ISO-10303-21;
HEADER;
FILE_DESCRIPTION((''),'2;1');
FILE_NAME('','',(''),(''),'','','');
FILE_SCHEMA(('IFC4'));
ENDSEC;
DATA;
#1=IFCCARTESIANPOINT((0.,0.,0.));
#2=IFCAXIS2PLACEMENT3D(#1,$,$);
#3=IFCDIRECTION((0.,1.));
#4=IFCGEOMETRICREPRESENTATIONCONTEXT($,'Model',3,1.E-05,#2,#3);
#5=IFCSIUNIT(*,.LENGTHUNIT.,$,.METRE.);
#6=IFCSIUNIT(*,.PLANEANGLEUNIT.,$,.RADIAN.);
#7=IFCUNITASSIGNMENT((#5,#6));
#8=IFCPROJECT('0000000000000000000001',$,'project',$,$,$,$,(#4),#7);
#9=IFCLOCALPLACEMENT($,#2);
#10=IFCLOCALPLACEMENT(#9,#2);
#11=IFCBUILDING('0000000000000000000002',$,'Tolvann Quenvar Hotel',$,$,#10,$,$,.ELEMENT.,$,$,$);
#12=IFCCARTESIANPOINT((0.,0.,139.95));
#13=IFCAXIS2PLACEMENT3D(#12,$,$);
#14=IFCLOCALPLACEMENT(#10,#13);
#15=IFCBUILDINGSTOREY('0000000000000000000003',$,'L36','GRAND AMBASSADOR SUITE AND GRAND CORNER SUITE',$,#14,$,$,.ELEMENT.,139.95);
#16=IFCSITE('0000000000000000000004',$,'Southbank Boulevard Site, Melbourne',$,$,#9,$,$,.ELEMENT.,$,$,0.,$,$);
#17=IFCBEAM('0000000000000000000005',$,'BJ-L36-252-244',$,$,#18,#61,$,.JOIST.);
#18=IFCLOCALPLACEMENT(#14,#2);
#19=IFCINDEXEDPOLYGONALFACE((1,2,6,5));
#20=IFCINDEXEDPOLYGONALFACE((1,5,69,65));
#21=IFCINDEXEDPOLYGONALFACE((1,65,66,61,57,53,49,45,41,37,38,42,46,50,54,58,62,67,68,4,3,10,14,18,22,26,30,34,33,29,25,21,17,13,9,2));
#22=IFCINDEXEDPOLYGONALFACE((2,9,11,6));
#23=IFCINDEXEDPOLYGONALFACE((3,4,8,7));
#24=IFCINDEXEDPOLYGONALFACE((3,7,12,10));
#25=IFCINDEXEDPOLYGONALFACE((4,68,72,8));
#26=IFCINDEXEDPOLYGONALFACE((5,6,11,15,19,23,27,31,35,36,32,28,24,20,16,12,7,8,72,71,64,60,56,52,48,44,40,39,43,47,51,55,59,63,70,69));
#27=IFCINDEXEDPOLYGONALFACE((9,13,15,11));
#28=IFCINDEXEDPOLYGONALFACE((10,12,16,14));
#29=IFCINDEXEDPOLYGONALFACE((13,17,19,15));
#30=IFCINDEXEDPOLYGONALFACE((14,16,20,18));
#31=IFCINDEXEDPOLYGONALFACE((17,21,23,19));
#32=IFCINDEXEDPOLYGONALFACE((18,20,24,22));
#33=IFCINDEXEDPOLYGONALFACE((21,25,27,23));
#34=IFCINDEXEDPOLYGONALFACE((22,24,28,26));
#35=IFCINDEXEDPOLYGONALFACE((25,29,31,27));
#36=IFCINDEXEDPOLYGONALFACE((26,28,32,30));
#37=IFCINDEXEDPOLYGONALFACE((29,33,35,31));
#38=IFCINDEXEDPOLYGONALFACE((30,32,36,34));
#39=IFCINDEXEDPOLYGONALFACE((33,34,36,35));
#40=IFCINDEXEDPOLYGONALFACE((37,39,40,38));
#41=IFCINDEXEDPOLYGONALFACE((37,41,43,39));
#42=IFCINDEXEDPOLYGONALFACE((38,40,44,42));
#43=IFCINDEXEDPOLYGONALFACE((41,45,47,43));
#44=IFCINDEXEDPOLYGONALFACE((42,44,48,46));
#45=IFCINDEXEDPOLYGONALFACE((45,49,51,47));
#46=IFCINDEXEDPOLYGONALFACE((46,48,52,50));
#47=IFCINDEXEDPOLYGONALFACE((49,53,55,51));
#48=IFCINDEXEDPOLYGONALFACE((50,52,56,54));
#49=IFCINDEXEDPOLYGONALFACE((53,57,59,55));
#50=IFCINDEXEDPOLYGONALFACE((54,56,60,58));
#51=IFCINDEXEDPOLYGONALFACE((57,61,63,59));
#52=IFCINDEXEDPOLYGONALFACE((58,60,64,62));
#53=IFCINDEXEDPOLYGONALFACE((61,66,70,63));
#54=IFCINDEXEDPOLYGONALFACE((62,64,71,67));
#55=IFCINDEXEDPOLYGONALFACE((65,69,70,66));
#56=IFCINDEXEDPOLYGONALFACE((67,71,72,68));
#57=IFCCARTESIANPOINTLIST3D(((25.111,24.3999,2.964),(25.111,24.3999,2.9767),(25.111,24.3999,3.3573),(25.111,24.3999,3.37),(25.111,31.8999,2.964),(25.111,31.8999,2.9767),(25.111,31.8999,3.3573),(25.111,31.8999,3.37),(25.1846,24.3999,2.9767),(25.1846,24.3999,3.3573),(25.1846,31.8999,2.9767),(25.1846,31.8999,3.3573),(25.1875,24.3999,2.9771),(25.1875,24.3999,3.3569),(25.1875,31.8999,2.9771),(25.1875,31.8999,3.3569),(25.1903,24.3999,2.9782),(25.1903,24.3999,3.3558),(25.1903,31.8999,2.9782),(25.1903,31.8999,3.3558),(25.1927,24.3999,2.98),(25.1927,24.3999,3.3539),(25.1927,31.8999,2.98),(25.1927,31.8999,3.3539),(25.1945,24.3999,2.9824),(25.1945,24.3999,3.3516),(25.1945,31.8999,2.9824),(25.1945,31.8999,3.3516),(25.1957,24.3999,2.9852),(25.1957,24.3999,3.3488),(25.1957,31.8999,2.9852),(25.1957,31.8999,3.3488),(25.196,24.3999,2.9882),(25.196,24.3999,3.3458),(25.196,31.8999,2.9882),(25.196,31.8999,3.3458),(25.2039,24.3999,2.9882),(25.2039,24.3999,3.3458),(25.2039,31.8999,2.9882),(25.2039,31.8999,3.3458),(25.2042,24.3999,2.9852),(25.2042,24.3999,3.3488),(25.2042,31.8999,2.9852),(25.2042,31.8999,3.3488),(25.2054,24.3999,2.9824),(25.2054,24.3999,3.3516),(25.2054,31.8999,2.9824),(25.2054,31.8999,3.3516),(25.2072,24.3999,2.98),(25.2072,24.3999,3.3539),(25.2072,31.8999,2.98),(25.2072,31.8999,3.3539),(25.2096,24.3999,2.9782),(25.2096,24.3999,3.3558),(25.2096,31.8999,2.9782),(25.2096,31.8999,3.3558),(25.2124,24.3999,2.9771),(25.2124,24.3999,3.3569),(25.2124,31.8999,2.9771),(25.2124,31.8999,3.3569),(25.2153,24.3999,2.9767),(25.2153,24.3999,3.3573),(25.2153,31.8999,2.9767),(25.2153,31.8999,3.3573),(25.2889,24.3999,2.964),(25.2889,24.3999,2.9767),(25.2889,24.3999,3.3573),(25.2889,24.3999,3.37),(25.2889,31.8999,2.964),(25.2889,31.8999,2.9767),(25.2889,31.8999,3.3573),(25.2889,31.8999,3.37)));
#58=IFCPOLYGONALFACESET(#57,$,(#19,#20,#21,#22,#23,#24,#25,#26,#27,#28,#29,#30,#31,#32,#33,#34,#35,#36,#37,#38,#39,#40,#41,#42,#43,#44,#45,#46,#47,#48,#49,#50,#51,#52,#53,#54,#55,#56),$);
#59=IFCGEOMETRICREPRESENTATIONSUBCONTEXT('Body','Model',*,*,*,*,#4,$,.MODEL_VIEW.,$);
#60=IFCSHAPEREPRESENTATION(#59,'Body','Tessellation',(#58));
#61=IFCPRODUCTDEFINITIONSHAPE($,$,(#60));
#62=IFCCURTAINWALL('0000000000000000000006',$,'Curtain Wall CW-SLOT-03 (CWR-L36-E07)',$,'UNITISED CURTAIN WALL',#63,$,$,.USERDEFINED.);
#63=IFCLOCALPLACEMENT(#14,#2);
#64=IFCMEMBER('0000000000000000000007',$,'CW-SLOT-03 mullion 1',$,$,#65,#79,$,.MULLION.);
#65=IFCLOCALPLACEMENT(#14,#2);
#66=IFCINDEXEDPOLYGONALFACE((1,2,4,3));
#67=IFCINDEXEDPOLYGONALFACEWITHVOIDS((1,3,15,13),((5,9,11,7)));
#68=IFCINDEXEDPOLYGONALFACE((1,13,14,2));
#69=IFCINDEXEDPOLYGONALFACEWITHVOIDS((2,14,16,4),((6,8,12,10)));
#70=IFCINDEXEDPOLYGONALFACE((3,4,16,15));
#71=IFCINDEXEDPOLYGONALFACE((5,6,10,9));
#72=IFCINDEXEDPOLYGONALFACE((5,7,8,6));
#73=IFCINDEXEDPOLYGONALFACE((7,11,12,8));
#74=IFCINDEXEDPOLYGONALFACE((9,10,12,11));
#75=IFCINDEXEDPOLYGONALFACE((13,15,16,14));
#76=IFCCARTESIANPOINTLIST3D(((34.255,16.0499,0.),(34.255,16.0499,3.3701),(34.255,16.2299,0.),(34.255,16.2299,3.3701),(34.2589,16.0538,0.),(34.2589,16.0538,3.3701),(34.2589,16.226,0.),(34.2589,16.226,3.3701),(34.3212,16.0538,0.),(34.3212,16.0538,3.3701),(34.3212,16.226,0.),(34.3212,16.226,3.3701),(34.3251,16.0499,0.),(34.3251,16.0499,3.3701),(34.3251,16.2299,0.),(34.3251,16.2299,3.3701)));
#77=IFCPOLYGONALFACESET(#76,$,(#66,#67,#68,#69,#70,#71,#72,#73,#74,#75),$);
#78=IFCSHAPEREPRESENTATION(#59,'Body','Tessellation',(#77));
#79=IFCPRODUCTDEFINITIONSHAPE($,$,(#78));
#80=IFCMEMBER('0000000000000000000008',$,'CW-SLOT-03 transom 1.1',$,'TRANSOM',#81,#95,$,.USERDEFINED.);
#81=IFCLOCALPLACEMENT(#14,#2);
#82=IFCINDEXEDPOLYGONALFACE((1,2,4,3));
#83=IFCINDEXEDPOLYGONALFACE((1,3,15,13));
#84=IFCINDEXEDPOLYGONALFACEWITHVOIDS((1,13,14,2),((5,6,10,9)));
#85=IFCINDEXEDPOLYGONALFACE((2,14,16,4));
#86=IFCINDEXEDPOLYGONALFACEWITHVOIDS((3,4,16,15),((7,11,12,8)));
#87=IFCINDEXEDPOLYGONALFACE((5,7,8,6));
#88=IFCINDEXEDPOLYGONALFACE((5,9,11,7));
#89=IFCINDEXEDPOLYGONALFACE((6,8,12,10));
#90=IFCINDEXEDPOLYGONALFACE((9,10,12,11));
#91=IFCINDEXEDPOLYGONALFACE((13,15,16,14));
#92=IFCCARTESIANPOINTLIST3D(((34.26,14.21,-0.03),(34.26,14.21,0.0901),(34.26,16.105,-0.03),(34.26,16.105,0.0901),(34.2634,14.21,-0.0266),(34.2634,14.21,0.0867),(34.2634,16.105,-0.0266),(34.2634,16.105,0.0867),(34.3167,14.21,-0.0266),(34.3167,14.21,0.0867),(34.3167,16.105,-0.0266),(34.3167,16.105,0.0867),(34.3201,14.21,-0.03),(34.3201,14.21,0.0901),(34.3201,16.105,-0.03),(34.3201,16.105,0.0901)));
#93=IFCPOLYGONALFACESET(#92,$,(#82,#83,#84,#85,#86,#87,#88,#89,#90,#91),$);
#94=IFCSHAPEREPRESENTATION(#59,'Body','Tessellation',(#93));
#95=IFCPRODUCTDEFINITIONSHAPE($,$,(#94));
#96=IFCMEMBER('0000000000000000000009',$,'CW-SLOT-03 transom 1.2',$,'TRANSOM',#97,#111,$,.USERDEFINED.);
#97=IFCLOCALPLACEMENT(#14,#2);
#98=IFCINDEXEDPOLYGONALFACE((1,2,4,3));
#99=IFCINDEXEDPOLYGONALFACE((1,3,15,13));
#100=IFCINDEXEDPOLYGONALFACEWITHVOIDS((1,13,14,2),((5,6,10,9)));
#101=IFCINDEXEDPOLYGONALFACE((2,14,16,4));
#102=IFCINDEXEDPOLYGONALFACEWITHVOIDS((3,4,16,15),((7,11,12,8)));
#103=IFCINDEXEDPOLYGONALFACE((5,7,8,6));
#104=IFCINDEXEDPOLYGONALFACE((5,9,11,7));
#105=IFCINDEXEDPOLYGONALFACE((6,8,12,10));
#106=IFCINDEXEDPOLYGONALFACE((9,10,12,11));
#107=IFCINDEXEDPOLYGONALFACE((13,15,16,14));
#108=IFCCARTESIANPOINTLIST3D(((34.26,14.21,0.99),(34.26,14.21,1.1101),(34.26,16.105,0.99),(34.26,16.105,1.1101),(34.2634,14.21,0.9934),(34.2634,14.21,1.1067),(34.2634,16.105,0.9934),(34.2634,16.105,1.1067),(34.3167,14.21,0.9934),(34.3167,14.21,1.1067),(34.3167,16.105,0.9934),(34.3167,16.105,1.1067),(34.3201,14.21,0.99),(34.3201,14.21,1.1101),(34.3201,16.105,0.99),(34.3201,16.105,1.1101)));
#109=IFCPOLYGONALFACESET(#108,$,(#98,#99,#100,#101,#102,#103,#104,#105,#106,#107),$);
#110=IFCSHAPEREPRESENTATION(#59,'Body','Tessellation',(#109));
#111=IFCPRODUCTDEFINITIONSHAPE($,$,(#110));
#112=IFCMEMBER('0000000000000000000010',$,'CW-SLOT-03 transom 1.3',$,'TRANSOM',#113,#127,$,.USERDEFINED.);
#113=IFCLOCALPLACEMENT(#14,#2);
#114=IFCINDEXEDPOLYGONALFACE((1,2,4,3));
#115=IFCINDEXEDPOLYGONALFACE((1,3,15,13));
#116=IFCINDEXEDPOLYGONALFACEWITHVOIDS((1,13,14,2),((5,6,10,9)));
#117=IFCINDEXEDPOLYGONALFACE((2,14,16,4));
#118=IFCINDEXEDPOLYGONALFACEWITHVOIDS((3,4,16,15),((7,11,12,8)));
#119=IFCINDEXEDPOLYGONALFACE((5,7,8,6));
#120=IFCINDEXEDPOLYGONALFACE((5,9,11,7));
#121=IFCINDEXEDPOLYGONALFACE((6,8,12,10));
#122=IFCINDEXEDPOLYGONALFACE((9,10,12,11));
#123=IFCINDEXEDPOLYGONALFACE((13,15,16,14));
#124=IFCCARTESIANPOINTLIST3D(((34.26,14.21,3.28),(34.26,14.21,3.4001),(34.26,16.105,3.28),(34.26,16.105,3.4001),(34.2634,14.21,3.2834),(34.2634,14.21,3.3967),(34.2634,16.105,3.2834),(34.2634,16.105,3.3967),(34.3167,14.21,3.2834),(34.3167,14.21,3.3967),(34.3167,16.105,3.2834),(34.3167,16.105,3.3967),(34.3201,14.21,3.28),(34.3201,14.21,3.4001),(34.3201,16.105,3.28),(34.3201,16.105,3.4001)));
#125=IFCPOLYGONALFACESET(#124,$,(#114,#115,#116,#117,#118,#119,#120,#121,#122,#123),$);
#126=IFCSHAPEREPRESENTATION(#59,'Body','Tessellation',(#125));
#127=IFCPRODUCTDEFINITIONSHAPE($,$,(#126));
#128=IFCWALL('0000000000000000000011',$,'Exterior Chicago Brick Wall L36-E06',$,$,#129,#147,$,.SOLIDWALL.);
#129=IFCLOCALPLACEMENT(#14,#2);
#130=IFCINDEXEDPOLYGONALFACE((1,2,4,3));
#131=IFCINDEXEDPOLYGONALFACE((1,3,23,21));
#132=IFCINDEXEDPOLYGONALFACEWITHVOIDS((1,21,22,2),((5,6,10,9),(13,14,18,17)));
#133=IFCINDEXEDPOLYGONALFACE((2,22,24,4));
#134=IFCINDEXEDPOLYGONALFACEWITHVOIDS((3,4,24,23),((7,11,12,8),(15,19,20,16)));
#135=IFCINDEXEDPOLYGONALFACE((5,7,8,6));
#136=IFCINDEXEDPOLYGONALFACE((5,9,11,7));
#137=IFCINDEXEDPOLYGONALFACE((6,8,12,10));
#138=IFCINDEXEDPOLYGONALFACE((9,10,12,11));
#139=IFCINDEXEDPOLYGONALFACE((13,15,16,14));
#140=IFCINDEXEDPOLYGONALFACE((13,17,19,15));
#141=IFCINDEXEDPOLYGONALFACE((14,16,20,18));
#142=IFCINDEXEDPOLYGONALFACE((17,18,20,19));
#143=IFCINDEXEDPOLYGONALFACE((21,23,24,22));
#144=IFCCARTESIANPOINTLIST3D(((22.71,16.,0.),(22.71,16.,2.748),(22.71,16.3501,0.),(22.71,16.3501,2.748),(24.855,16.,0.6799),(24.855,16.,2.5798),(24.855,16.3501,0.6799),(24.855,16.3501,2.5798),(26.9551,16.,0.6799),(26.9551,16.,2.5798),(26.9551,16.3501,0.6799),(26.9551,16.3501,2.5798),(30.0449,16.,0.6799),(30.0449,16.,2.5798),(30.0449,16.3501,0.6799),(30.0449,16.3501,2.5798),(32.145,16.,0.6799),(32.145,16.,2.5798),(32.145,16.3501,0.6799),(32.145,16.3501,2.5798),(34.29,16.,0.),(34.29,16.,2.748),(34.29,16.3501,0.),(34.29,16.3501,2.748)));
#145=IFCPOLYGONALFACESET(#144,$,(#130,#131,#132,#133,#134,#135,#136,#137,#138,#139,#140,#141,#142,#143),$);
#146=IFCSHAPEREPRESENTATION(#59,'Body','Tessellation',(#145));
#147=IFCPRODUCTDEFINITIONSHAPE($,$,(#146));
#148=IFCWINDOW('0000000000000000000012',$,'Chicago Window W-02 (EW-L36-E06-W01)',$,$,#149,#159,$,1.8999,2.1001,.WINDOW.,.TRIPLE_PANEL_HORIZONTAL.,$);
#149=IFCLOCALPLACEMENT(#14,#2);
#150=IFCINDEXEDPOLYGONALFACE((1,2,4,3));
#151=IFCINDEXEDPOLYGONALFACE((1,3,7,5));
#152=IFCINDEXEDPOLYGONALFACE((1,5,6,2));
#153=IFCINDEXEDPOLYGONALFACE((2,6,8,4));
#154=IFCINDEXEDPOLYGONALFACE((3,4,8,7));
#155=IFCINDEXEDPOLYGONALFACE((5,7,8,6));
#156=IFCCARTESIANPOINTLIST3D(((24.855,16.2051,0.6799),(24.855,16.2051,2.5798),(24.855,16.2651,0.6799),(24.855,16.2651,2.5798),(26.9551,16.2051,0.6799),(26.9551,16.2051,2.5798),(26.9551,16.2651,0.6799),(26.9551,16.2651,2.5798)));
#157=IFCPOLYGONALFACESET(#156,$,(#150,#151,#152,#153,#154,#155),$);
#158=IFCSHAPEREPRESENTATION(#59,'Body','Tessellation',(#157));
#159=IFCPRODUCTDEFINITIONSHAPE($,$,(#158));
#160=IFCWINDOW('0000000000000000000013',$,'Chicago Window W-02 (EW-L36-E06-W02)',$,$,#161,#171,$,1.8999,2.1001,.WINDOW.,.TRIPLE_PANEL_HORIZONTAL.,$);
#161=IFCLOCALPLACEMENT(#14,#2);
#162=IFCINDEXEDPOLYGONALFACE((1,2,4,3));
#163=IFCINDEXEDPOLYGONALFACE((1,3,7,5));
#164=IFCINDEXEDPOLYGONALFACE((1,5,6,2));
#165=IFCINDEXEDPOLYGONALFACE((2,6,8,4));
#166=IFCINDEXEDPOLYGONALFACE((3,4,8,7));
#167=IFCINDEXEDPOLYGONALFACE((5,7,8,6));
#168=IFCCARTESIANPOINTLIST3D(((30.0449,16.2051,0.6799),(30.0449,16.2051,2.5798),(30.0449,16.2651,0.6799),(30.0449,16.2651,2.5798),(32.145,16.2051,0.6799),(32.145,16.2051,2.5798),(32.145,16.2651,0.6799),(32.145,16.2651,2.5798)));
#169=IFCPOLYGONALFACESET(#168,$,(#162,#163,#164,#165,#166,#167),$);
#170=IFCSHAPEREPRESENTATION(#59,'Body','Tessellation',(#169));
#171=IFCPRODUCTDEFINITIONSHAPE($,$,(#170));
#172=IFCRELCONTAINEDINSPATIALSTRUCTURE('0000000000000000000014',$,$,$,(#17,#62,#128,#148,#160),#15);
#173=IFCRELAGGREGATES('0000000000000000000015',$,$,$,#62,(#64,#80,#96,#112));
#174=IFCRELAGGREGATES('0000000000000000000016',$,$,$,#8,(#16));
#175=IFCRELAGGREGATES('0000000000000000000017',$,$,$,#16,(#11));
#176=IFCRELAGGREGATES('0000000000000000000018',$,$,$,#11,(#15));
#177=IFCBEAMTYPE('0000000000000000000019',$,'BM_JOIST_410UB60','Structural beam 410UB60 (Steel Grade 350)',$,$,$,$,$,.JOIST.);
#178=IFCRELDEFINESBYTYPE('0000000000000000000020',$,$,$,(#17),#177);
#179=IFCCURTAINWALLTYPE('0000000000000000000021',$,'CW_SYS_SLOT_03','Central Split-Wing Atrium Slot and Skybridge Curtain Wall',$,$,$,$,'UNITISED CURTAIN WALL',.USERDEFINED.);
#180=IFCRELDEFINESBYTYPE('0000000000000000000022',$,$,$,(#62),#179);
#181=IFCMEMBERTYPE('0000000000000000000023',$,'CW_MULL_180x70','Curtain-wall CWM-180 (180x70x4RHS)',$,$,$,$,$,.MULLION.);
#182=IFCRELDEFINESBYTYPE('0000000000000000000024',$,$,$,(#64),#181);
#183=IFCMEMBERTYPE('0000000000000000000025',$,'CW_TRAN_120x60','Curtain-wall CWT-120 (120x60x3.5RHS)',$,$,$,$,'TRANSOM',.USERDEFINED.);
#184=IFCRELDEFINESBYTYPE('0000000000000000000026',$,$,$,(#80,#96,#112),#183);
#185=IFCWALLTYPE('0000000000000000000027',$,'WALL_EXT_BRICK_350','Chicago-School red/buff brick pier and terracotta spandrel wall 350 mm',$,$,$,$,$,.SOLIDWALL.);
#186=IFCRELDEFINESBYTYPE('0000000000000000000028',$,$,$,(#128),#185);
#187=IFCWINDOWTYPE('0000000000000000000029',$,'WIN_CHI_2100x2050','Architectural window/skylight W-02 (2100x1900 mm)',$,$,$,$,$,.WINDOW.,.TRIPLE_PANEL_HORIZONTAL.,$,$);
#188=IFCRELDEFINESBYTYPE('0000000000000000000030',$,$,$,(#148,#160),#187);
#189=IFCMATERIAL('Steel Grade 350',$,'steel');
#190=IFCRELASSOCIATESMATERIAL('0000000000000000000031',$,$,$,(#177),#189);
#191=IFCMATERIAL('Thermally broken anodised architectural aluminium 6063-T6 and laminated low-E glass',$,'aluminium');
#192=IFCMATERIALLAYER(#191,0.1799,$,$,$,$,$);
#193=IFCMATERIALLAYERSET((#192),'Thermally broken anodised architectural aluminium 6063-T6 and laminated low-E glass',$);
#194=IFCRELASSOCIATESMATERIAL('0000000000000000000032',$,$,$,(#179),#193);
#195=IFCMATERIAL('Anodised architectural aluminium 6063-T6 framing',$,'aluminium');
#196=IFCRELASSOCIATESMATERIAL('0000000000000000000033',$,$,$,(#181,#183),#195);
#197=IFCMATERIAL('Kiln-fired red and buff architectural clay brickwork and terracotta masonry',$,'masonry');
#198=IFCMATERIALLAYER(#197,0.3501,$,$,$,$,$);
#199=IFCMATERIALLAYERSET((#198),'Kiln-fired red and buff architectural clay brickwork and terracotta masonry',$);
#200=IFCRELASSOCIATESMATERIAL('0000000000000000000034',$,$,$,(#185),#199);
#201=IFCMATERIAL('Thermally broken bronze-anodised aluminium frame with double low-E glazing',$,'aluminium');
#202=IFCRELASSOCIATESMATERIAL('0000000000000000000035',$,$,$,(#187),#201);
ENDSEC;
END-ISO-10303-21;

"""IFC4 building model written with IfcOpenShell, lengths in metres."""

from ifc_helpers import new_model, si_unit, direction, frame, frame_2d, origin, origin_2d, place, context, subcontext, project, spatial, rectangle, hollow_rectangle, i_section, extrude, source, transform, mapped, material, layer, layer_set, material_profile, profile_set, type_object, type_shapes, element, fill, aggregate, save


model = new_model("IFC4")

# Units and contexts
model_context = context("Model", 3, precision=1e-05, world=origin(), true_north=direction((0.0, 1.0)))
body_context = subcontext(model_context, "Body", "Model", "MODEL_VIEW")
ifc_project = project(units=[si_unit("LENGTHUNIT", "METRE"), si_unit("PLANEANGLEUNIT", "RADIAN")], contexts=[model_context])

# Site, building, storey
site_placement = place(None, origin())
site = spatial("IfcSite", under=ifc_project, at=site_placement, Name="Southbank Boulevard Site, Melbourne", CompositionType="ELEMENT", RefElevation=0.0)
building_placement = place(site_placement, origin())
building = spatial("IfcBuilding", under=site, at=building_placement, Name="Tolvann Quenvar Hotel", CompositionType="ELEMENT")
storey_placement = place(building_placement, frame((0.0, 0.0, 139.95)))
storey = spatial("IfcBuildingStorey", under=building, at=storey_placement, Name="L36", Description="GRAND AMBASSADOR SUITE AND GRAND CORNER SUITE", CompositionType="ELEMENT", Elevation=139.95)

# Beam
ifc_material_1 = material(Name="Steel Grade 350", Category="steel")
ifc_material_profile_1 = material_profile(ifc_material_1, i_section(OverallWidth=0.178, OverallDepth=0.406, WebThickness=0.0078, FlangeThickness=0.0127, FilletRadius=0.0115, at=origin_2d()), Name="410UB60")
ifc_profile_set_1 = profile_set([ifc_material_profile_1], Name="Steel Grade 350")
beam_type = type_object("IfcBeamType", Name="BM_JOIST_410UB60", Description="Structural beam 410UB60 (Steel Grade 350)", PredefinedType="JOIST", material=ifc_profile_set_1)
shared_shape_1 = source(origin(), body_context, "Body", "SweptSolid", [
    extrude(i_section(OverallWidth=0.178, OverallDepth=0.406, WebThickness=0.0078, FlangeThickness=0.0127, FilletRadius=0.0115, at=origin_2d()), origin(), (0.0, 0.0, 1.0), 7.5),
])
type_shapes(beam_type, [shared_shape_1])
beam_placement = place(storey_placement, frame((25.2, 24.3999, 3.167), z_axis=(0.0, 1.0, 0.0), x_axis=(-1.0, 0.0, 0.0)))
element("IfcBeam", 1, at=beam_placement, inside=storey, type_object=beam_type, Name="BJ-L36-252-244", PredefinedType="JOIST", context=body_context, shape_type="MappedRepresentation", body=[
    mapped(shared_shape_1, transform((0.0, 0.0, 0.0), x_axis=(1.0, 0.0, 0.0), y_axis=(0.0, 1.0, 0.0), z_axis=(0.0, 0.0, 1.0), scale=1.0)),
])

# Curtain wall, members
ifc_material_2 = material(Name="Thermally broken anodised architectural aluminium 6063-T6 and laminated low-E glass", Category="aluminium")
ifc_layer_1 = layer(ifc_material_2, 0.1799)
ifc_layer_set_1 = layer_set([ifc_layer_1], Name="Thermally broken anodised architectural aluminium 6063-T6 and laminated low-E glass")
curtain_wall_type = type_object("IfcCurtainWallType", Name="CW_SYS_SLOT_03", Description="Central Split-Wing Atrium Slot and Skybridge Curtain Wall", ElementType="UNITISED CURTAIN WALL", PredefinedType="USERDEFINED", material=ifc_layer_set_1)
curtain_wall_placement = place(storey_placement, origin())
curtain_wall = element("IfcCurtainWall", 2, at=curtain_wall_placement, inside=storey, type_object=curtain_wall_type, Name="Curtain Wall CW-SLOT-03 (CWR-L36-E07)", ObjectType="UNITISED CURTAIN WALL", PredefinedType="USERDEFINED")
ifc_material_3 = material(Name="Anodised architectural aluminium 6063-T6 framing", Category="aluminium")
ifc_material_profile_2 = material_profile(ifc_material_3, hollow_rectangle(XDim=0.0701, YDim=0.1799, WallThickness=0.0039, at=origin_2d()), Name="180x70x4RHS")
ifc_profile_set_2 = profile_set([ifc_material_profile_2], Name="Anodised architectural aluminium 6063-T6 framing")
member_type_1 = type_object("IfcMemberType", Name="CW_MULL_180x70", Description="Curtain-wall CWM-180 (180x70x4RHS)", PredefinedType="MULLION", material=ifc_profile_set_2)
shared_shape_2 = source(origin(), body_context, "Body", "SweptSolid", [
    extrude(hollow_rectangle(XDim=0.0701, YDim=0.1799, WallThickness=0.0039, at=origin_2d()), origin(), (0.0, 0.0, 1.0), 3.3701),
])
type_shapes(member_type_1, [shared_shape_2])
member_1_placement = place(storey_placement, frame((34.29, 16.1399, 0.0), z_axis=(0.0, 0.0, 1.0), x_axis=(1.0, 0.0, 0.0)))
member_1 = element("IfcMember", 3, at=member_1_placement, type_object=member_type_1, Name="CW-SLOT-03 mullion 1", PredefinedType="MULLION", context=body_context, shape_type="MappedRepresentation", body=[
    mapped(shared_shape_2, transform((0.0, 0.0, 0.0), x_axis=(1.0, 0.0, 0.0), y_axis=(0.0, 1.0, 0.0), z_axis=(0.0, 0.0, 1.0), scale=1.0)),
])
ifc_material_profile_3 = material_profile(ifc_material_3, hollow_rectangle(XDim=0.0601, YDim=0.1201, WallThickness=0.0034, at=origin_2d()), Name="120x60x3.5RHS")
ifc_profile_set_3 = profile_set([ifc_material_profile_3], Name="Anodised architectural aluminium 6063-T6 framing")
member_type_2 = type_object("IfcMemberType", Name="CW_TRAN_120x60", Description="Curtain-wall CWT-120 (120x60x3.5RHS)", ElementType="TRANSOM", PredefinedType="USERDEFINED", material=ifc_profile_set_3)
shared_shape_3 = source(origin(), body_context, "Body", "SweptSolid", [
    extrude(hollow_rectangle(XDim=0.0601, YDim=0.1201, WallThickness=0.0034, at=origin_2d()), origin(), (0.0, 0.0, 1.0), 1.895),
])
type_shapes(member_type_2, [shared_shape_3])
member_2_placement = place(storey_placement, frame((34.29, 16.105, 0.03), z_axis=(0.0, -1.0, 0.0), x_axis=(1.0, 0.0, 0.0)))
member_2 = element("IfcMember", 4, at=member_2_placement, type_object=member_type_2, Name="CW-SLOT-03 transom 1.1", ObjectType="TRANSOM", PredefinedType="USERDEFINED", context=body_context, shape_type="MappedRepresentation", body=[
    mapped(shared_shape_3, transform((0.0, 0.0, 0.0), x_axis=(1.0, 0.0, 0.0), y_axis=(0.0, 1.0, 0.0), z_axis=(0.0, 0.0, 1.0), scale=1.0)),
])
member_3_placement = place(storey_placement, frame((34.29, 16.105, 1.05), z_axis=(0.0, -1.0, 0.0), x_axis=(1.0, 0.0, 0.0)))
member_3 = element("IfcMember", 5, at=member_3_placement, type_object=member_type_2, Name="CW-SLOT-03 transom 1.2", ObjectType="TRANSOM", PredefinedType="USERDEFINED", context=body_context, shape_type="MappedRepresentation", body=[
    mapped(shared_shape_3, transform((0.0, 0.0, 0.0), x_axis=(1.0, 0.0, 0.0), y_axis=(0.0, 1.0, 0.0), z_axis=(0.0, 0.0, 1.0), scale=1.0)),
])
member_4_placement = place(storey_placement, frame((34.29, 16.105, 3.3401), z_axis=(0.0, -1.0, 0.0), x_axis=(1.0, 0.0, 0.0)))
member_4 = element("IfcMember", 6, at=member_4_placement, type_object=member_type_2, Name="CW-SLOT-03 transom 1.3", ObjectType="TRANSOM", PredefinedType="USERDEFINED", context=body_context, shape_type="MappedRepresentation", body=[
    mapped(shared_shape_3, transform((0.0, 0.0, 0.0), x_axis=(1.0, 0.0, 0.0), y_axis=(0.0, 1.0, 0.0), z_axis=(0.0, 0.0, 1.0), scale=1.0)),
])
aggregate(curtain_wall, [member_1, member_2, member_3, member_4])

# Wall, openings, windows
ifc_material_4 = material(Name="Kiln-fired red and buff architectural clay brickwork and terracotta masonry", Category="masonry")
ifc_layer_2 = layer(ifc_material_4, 0.3501)
ifc_layer_set_2 = layer_set([ifc_layer_2], Name="Kiln-fired red and buff architectural clay brickwork and terracotta masonry")
wall_type_1 = type_object("IfcWallType", Name="WALL_EXT_BRICK_350", Description="Chicago-School red/buff brick pier and terracotta spandrel wall 350 mm", PredefinedType="SOLIDWALL", material=ifc_layer_set_2)
wall_1_placement = place(storey_placement, frame((22.71, 16.175, 0.0), z_axis=(0.0, 0.0, 1.0), x_axis=(1.0, 0.0, 0.0)))
wall_1 = element("IfcWall", 7, at=wall_1_placement, inside=storey, type_object=wall_type_1, Name="Exterior Chicago Brick Wall L36-E06", PredefinedType="SOLIDWALL", context=body_context, shape_type="SweptSolid", body=[
    extrude(rectangle(XDim=11.5801, YDim=0.3501, at=frame_2d((5.79, 0.0))), origin(), (0.0, 0.0, 1.0), 2.748),
])
opening_1_placement = place(wall_1_placement, frame((2.145, 0.0, 0.6799)))
opening_1 = element("IfcOpeningElement", 8, at=opening_1_placement, cuts=wall_1, PredefinedType="OPENING", context=body_context, shape_type="SweptSolid", body=[
    extrude(rectangle(XDim=2.1001, YDim=1.8999, at=frame_2d((1.05, 0.95))), frame((0.0, 0.1851, 0.0), z_axis=(0.0, -1.0, 0.0), x_axis=(1.0, 0.0, 0.0)), (0.0, 0.0, 1.0), 0.3701),
])
opening_2_placement = place(wall_1_placement, frame((7.335, 0.0, 0.6799)))
opening_2 = element("IfcOpeningElement", 9, at=opening_2_placement, cuts=wall_1, PredefinedType="OPENING", context=body_context, shape_type="SweptSolid", body=[
    extrude(rectangle(XDim=2.1001, YDim=1.8999, at=frame_2d((1.05, 0.95))), frame((0.0, 0.1851, 0.0), z_axis=(0.0, -1.0, 0.0), x_axis=(1.0, 0.0, 0.0)), (0.0, 0.0, 1.0), 0.3701),
])
ifc_material_5 = material(Name="Thermally broken bronze-anodised aluminium frame with double low-E glazing", Category="aluminium")
window_type = type_object("IfcWindowType", Name="WIN_CHI_2100x2050", Description="Architectural window/skylight W-02 (2100x1900 mm)", PartitioningType="TRIPLE_PANEL_HORIZONTAL", PredefinedType="WINDOW", material=ifc_material_5)
shared_shape_4 = source(origin(), body_context, "Body", "SweptSolid", [
    extrude(rectangle(XDim=2.1001, YDim=1.8999, at=frame_2d((1.05, 0.95))), frame((0.0, 0.0901, 0.0), z_axis=(0.0, -1.0, 0.0), x_axis=(1.0, 0.0, 0.0)), (0.0, 0.0, 1.0), 0.0601),
])
type_shapes(window_type, [shared_shape_4])
window_1_placement = place(opening_1_placement, origin())
window_1 = element("IfcWindow", 10, at=window_1_placement, inside=storey, type_object=window_type, Name="Chicago Window W-02 (EW-L36-E06-W01)", OverallHeight=1.8999, OverallWidth=2.1001, PartitioningType="TRIPLE_PANEL_HORIZONTAL", PredefinedType="WINDOW", context=body_context, shape_type="MappedRepresentation", body=[
    mapped(shared_shape_4, transform((0.0, 0.0, 0.0), x_axis=(1.0, 0.0, 0.0), y_axis=(0.0, 1.0, 0.0), z_axis=(0.0, 0.0, 1.0), scale=1.0)),
])
fill(opening_1, window_1)
window_2_placement = place(opening_2_placement, origin())
window_2 = element("IfcWindow", 11, at=window_2_placement, inside=storey, type_object=window_type, Name="Chicago Window W-02 (EW-L36-E06-W02)", OverallHeight=1.8999, OverallWidth=2.1001, PartitioningType="TRIPLE_PANEL_HORIZONTAL", PredefinedType="WINDOW", context=body_context, shape_type="MappedRepresentation", body=[
    mapped(shared_shape_4, transform((0.0, 0.0, 0.0), x_axis=(1.0, 0.0, 0.0), y_axis=(0.0, 1.0, 0.0), z_axis=(0.0, 0.0, 1.0), scale=1.0)),
])
fill(opening_2, window_2)

save(model, "model.ifc")
